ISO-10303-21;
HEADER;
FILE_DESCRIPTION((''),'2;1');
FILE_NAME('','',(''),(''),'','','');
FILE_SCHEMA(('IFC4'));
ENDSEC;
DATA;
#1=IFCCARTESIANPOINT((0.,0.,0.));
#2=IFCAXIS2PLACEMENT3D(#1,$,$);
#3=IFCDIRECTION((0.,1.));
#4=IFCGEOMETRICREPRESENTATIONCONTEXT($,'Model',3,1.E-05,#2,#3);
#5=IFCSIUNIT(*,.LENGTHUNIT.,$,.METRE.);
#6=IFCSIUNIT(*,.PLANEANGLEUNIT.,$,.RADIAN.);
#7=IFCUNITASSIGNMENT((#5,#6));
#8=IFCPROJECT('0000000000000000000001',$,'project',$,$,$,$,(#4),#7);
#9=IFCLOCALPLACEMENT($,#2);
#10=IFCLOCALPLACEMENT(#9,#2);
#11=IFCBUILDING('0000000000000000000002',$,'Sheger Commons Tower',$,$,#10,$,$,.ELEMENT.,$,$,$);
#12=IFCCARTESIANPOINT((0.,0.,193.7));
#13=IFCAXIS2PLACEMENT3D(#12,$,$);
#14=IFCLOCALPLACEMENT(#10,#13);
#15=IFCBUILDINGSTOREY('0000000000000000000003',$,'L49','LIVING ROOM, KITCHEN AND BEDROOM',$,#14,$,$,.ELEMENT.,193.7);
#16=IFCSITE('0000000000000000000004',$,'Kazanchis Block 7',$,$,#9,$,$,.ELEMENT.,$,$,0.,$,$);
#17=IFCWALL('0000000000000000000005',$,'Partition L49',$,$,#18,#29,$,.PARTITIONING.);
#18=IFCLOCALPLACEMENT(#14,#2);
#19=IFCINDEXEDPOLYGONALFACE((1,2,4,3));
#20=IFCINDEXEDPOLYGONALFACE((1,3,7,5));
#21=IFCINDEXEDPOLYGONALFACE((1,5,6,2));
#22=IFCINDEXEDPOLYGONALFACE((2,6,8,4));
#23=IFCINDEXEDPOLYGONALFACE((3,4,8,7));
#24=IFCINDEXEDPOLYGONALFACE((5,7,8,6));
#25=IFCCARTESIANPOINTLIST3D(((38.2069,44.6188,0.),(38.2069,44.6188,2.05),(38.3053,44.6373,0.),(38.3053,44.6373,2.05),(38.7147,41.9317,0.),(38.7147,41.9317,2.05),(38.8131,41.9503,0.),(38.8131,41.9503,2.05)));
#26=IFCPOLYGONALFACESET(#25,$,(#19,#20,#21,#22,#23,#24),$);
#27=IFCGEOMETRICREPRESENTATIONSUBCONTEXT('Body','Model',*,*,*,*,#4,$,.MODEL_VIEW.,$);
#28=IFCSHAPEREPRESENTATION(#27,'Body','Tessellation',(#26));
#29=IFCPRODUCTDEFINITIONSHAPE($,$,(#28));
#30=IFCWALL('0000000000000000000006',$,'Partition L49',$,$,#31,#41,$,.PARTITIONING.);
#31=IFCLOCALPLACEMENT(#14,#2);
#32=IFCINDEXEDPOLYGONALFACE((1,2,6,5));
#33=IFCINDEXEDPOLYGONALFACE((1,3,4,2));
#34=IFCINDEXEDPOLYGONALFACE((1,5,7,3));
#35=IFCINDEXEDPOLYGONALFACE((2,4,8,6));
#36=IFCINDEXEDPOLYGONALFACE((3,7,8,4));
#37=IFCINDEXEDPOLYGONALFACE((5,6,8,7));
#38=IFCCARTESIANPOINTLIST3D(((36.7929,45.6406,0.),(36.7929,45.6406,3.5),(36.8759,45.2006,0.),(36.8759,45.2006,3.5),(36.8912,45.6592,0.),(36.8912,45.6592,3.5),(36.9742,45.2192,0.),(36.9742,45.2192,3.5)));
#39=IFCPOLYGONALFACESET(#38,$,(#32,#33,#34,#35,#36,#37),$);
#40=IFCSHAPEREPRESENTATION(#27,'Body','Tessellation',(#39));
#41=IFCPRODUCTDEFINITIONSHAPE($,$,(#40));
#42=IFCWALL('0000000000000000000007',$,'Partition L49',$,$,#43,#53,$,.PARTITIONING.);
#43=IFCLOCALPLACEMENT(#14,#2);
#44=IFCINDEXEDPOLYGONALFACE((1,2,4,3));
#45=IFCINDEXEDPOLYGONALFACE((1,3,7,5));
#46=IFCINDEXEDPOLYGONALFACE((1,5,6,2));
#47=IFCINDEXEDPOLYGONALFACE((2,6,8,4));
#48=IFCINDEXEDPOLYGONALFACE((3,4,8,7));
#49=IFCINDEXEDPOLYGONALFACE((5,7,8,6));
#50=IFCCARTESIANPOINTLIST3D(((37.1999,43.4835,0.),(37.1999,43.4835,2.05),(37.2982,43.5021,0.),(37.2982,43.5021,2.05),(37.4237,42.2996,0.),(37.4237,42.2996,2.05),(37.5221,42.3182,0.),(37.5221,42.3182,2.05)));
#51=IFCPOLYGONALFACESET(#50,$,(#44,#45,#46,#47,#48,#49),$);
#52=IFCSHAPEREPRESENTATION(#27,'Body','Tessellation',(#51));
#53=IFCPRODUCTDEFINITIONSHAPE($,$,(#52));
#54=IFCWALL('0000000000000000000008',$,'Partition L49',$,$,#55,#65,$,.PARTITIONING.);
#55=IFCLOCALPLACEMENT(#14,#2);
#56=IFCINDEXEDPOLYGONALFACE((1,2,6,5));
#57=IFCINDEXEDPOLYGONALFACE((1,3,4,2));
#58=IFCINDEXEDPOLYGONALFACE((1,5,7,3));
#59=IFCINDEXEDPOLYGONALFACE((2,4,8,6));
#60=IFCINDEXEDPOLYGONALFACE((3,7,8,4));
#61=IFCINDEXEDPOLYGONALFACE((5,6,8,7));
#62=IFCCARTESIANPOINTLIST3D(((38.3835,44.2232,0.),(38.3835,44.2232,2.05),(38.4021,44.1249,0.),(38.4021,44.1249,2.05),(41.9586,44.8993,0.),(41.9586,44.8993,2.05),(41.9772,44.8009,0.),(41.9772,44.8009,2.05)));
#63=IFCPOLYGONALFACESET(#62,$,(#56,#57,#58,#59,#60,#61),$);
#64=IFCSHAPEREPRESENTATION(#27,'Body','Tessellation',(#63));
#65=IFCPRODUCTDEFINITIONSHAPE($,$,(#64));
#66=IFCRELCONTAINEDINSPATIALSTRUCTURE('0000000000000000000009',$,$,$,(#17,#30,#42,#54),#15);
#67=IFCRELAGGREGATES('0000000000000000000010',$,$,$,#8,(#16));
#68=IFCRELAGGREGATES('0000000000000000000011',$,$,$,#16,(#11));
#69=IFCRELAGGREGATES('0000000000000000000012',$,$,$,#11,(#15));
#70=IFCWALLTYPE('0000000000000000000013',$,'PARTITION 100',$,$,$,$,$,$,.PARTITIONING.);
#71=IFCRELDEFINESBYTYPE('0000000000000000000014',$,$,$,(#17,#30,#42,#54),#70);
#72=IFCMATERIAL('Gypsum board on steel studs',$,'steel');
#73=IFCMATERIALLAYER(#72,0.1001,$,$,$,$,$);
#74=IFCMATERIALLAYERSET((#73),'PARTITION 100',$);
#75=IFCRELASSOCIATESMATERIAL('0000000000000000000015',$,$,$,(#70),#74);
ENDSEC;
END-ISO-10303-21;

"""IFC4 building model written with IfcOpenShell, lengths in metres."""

from ifc_helpers import new_model, si_unit, direction, frame, frame_2d, origin, place, context, subcontext, project, spatial, rectangle, extrude, material, layer, layer_set, type_object, element, save


model = new_model("IFC4")

# Units and contexts
model_context = context("Model", 3, precision=1e-05, world=origin(), true_north=direction((0.0, 1.0)))
body_context = subcontext(model_context, "Body", "Model", "MODEL_VIEW")
ifc_project = project(units=[si_unit("LENGTHUNIT", "METRE"), si_unit("PLANEANGLEUNIT", "RADIAN")], contexts=[model_context])

# Site, building, storey
site_placement = place(None, origin())
site = spatial("IfcSite", under=ifc_project, at=site_placement, Name="Kazanchis Block 7", CompositionType="ELEMENT", RefElevation=0.0)
building_placement = place(site_placement, origin())
building = spatial("IfcBuilding", under=site, at=building_placement, Name="Sheger Commons Tower", CompositionType="ELEMENT")
storey_placement = place(building_placement, frame((0.0, 0.0, 193.7)))
storey = spatial("IfcBuildingStorey", under=building, at=storey_placement, Name="L49", Description="LIVING ROOM, KITCHEN AND BEDROOM", CompositionType="ELEMENT", Elevation=193.7)

# Walls
ifc_material_1 = material(Name="Gypsum board on steel studs", Category="steel")
ifc_layer_1 = layer(ifc_material_1, 0.1001)
ifc_layer_set_1 = layer_set([ifc_layer_1], Name="PARTITION 100")
wall_type_1 = type_object("IfcWallType", Name="PARTITION 100", PredefinedType="PARTITIONING", material=ifc_layer_set_1)
wall_1_placement = place(storey_placement, frame((38.2561, 44.6279, 0.0), z_axis=(0.0, 0.0, 1.0), x_axis=(0.185701, -0.982606, 0.0)))
element("IfcWall", 1, at=wall_1_placement, inside=storey, type_object=wall_type_1, Name="Partition L49", PredefinedType="PARTITIONING", context=body_context, shape_type="SweptSolid", body=[
    extrude(rectangle(XDim=2.7346, YDim=0.1001, at=frame_2d((1.3672, 0.0))), origin(), (0.0, 0.0, 1.0), 2.05),
])
wall_2_placement = place(storey_placement, frame((36.842, 45.6499, 0.0), z_axis=(0.0, 0.0, 1.0), x_axis=(0.185408, -0.982662, 0.0)))
element("IfcWall", 2, at=wall_2_placement, inside=storey, type_object=wall_type_1, Name="Partition L49", PredefinedType="PARTITIONING", context=body_context, shape_type="SweptSolid", body=[
    extrude(rectangle(XDim=0.4478, YDim=0.1001, at=frame_2d((0.2239, 0.0))), origin(), (0.0, 0.0, 1.0), 3.5),
])
wall_3_placement = place(storey_placement, frame((37.249, 43.4929, 0.0), z_axis=(0.0, 0.0, 1.0), x_axis=(0.185818, -0.982584, 0.0)))
element("IfcWall", 3, at=wall_3_placement, inside=storey, type_object=wall_type_1, Name="Partition L49", PredefinedType="PARTITIONING", context=body_context, shape_type="SweptSolid", body=[
    extrude(rectangle(XDim=1.2048, YDim=0.1001, at=frame_2d((0.6025, 0.0))), origin(), (0.0, 0.0, 1.0), 2.05),
])
wall_4_placement = place(storey_placement, frame((41.968, 44.8501, 0.0), z_axis=(0.0, 0.0, 1.0), x_axis=(-0.982586, -0.185808, 0.0)))
element("IfcWall", 4, at=wall_4_placement, inside=storey, type_object=wall_type_1, Name="Partition L49", PredefinedType="PARTITIONING", context=body_context, shape_type="SweptSolid", body=[
    extrude(rectangle(XDim=3.6384, YDim=0.1001, at=frame_2d((1.8193, 0.0))), origin(), (0.0, 0.0, 1.0), 2.05),
])

save(model, "model.ifc")
